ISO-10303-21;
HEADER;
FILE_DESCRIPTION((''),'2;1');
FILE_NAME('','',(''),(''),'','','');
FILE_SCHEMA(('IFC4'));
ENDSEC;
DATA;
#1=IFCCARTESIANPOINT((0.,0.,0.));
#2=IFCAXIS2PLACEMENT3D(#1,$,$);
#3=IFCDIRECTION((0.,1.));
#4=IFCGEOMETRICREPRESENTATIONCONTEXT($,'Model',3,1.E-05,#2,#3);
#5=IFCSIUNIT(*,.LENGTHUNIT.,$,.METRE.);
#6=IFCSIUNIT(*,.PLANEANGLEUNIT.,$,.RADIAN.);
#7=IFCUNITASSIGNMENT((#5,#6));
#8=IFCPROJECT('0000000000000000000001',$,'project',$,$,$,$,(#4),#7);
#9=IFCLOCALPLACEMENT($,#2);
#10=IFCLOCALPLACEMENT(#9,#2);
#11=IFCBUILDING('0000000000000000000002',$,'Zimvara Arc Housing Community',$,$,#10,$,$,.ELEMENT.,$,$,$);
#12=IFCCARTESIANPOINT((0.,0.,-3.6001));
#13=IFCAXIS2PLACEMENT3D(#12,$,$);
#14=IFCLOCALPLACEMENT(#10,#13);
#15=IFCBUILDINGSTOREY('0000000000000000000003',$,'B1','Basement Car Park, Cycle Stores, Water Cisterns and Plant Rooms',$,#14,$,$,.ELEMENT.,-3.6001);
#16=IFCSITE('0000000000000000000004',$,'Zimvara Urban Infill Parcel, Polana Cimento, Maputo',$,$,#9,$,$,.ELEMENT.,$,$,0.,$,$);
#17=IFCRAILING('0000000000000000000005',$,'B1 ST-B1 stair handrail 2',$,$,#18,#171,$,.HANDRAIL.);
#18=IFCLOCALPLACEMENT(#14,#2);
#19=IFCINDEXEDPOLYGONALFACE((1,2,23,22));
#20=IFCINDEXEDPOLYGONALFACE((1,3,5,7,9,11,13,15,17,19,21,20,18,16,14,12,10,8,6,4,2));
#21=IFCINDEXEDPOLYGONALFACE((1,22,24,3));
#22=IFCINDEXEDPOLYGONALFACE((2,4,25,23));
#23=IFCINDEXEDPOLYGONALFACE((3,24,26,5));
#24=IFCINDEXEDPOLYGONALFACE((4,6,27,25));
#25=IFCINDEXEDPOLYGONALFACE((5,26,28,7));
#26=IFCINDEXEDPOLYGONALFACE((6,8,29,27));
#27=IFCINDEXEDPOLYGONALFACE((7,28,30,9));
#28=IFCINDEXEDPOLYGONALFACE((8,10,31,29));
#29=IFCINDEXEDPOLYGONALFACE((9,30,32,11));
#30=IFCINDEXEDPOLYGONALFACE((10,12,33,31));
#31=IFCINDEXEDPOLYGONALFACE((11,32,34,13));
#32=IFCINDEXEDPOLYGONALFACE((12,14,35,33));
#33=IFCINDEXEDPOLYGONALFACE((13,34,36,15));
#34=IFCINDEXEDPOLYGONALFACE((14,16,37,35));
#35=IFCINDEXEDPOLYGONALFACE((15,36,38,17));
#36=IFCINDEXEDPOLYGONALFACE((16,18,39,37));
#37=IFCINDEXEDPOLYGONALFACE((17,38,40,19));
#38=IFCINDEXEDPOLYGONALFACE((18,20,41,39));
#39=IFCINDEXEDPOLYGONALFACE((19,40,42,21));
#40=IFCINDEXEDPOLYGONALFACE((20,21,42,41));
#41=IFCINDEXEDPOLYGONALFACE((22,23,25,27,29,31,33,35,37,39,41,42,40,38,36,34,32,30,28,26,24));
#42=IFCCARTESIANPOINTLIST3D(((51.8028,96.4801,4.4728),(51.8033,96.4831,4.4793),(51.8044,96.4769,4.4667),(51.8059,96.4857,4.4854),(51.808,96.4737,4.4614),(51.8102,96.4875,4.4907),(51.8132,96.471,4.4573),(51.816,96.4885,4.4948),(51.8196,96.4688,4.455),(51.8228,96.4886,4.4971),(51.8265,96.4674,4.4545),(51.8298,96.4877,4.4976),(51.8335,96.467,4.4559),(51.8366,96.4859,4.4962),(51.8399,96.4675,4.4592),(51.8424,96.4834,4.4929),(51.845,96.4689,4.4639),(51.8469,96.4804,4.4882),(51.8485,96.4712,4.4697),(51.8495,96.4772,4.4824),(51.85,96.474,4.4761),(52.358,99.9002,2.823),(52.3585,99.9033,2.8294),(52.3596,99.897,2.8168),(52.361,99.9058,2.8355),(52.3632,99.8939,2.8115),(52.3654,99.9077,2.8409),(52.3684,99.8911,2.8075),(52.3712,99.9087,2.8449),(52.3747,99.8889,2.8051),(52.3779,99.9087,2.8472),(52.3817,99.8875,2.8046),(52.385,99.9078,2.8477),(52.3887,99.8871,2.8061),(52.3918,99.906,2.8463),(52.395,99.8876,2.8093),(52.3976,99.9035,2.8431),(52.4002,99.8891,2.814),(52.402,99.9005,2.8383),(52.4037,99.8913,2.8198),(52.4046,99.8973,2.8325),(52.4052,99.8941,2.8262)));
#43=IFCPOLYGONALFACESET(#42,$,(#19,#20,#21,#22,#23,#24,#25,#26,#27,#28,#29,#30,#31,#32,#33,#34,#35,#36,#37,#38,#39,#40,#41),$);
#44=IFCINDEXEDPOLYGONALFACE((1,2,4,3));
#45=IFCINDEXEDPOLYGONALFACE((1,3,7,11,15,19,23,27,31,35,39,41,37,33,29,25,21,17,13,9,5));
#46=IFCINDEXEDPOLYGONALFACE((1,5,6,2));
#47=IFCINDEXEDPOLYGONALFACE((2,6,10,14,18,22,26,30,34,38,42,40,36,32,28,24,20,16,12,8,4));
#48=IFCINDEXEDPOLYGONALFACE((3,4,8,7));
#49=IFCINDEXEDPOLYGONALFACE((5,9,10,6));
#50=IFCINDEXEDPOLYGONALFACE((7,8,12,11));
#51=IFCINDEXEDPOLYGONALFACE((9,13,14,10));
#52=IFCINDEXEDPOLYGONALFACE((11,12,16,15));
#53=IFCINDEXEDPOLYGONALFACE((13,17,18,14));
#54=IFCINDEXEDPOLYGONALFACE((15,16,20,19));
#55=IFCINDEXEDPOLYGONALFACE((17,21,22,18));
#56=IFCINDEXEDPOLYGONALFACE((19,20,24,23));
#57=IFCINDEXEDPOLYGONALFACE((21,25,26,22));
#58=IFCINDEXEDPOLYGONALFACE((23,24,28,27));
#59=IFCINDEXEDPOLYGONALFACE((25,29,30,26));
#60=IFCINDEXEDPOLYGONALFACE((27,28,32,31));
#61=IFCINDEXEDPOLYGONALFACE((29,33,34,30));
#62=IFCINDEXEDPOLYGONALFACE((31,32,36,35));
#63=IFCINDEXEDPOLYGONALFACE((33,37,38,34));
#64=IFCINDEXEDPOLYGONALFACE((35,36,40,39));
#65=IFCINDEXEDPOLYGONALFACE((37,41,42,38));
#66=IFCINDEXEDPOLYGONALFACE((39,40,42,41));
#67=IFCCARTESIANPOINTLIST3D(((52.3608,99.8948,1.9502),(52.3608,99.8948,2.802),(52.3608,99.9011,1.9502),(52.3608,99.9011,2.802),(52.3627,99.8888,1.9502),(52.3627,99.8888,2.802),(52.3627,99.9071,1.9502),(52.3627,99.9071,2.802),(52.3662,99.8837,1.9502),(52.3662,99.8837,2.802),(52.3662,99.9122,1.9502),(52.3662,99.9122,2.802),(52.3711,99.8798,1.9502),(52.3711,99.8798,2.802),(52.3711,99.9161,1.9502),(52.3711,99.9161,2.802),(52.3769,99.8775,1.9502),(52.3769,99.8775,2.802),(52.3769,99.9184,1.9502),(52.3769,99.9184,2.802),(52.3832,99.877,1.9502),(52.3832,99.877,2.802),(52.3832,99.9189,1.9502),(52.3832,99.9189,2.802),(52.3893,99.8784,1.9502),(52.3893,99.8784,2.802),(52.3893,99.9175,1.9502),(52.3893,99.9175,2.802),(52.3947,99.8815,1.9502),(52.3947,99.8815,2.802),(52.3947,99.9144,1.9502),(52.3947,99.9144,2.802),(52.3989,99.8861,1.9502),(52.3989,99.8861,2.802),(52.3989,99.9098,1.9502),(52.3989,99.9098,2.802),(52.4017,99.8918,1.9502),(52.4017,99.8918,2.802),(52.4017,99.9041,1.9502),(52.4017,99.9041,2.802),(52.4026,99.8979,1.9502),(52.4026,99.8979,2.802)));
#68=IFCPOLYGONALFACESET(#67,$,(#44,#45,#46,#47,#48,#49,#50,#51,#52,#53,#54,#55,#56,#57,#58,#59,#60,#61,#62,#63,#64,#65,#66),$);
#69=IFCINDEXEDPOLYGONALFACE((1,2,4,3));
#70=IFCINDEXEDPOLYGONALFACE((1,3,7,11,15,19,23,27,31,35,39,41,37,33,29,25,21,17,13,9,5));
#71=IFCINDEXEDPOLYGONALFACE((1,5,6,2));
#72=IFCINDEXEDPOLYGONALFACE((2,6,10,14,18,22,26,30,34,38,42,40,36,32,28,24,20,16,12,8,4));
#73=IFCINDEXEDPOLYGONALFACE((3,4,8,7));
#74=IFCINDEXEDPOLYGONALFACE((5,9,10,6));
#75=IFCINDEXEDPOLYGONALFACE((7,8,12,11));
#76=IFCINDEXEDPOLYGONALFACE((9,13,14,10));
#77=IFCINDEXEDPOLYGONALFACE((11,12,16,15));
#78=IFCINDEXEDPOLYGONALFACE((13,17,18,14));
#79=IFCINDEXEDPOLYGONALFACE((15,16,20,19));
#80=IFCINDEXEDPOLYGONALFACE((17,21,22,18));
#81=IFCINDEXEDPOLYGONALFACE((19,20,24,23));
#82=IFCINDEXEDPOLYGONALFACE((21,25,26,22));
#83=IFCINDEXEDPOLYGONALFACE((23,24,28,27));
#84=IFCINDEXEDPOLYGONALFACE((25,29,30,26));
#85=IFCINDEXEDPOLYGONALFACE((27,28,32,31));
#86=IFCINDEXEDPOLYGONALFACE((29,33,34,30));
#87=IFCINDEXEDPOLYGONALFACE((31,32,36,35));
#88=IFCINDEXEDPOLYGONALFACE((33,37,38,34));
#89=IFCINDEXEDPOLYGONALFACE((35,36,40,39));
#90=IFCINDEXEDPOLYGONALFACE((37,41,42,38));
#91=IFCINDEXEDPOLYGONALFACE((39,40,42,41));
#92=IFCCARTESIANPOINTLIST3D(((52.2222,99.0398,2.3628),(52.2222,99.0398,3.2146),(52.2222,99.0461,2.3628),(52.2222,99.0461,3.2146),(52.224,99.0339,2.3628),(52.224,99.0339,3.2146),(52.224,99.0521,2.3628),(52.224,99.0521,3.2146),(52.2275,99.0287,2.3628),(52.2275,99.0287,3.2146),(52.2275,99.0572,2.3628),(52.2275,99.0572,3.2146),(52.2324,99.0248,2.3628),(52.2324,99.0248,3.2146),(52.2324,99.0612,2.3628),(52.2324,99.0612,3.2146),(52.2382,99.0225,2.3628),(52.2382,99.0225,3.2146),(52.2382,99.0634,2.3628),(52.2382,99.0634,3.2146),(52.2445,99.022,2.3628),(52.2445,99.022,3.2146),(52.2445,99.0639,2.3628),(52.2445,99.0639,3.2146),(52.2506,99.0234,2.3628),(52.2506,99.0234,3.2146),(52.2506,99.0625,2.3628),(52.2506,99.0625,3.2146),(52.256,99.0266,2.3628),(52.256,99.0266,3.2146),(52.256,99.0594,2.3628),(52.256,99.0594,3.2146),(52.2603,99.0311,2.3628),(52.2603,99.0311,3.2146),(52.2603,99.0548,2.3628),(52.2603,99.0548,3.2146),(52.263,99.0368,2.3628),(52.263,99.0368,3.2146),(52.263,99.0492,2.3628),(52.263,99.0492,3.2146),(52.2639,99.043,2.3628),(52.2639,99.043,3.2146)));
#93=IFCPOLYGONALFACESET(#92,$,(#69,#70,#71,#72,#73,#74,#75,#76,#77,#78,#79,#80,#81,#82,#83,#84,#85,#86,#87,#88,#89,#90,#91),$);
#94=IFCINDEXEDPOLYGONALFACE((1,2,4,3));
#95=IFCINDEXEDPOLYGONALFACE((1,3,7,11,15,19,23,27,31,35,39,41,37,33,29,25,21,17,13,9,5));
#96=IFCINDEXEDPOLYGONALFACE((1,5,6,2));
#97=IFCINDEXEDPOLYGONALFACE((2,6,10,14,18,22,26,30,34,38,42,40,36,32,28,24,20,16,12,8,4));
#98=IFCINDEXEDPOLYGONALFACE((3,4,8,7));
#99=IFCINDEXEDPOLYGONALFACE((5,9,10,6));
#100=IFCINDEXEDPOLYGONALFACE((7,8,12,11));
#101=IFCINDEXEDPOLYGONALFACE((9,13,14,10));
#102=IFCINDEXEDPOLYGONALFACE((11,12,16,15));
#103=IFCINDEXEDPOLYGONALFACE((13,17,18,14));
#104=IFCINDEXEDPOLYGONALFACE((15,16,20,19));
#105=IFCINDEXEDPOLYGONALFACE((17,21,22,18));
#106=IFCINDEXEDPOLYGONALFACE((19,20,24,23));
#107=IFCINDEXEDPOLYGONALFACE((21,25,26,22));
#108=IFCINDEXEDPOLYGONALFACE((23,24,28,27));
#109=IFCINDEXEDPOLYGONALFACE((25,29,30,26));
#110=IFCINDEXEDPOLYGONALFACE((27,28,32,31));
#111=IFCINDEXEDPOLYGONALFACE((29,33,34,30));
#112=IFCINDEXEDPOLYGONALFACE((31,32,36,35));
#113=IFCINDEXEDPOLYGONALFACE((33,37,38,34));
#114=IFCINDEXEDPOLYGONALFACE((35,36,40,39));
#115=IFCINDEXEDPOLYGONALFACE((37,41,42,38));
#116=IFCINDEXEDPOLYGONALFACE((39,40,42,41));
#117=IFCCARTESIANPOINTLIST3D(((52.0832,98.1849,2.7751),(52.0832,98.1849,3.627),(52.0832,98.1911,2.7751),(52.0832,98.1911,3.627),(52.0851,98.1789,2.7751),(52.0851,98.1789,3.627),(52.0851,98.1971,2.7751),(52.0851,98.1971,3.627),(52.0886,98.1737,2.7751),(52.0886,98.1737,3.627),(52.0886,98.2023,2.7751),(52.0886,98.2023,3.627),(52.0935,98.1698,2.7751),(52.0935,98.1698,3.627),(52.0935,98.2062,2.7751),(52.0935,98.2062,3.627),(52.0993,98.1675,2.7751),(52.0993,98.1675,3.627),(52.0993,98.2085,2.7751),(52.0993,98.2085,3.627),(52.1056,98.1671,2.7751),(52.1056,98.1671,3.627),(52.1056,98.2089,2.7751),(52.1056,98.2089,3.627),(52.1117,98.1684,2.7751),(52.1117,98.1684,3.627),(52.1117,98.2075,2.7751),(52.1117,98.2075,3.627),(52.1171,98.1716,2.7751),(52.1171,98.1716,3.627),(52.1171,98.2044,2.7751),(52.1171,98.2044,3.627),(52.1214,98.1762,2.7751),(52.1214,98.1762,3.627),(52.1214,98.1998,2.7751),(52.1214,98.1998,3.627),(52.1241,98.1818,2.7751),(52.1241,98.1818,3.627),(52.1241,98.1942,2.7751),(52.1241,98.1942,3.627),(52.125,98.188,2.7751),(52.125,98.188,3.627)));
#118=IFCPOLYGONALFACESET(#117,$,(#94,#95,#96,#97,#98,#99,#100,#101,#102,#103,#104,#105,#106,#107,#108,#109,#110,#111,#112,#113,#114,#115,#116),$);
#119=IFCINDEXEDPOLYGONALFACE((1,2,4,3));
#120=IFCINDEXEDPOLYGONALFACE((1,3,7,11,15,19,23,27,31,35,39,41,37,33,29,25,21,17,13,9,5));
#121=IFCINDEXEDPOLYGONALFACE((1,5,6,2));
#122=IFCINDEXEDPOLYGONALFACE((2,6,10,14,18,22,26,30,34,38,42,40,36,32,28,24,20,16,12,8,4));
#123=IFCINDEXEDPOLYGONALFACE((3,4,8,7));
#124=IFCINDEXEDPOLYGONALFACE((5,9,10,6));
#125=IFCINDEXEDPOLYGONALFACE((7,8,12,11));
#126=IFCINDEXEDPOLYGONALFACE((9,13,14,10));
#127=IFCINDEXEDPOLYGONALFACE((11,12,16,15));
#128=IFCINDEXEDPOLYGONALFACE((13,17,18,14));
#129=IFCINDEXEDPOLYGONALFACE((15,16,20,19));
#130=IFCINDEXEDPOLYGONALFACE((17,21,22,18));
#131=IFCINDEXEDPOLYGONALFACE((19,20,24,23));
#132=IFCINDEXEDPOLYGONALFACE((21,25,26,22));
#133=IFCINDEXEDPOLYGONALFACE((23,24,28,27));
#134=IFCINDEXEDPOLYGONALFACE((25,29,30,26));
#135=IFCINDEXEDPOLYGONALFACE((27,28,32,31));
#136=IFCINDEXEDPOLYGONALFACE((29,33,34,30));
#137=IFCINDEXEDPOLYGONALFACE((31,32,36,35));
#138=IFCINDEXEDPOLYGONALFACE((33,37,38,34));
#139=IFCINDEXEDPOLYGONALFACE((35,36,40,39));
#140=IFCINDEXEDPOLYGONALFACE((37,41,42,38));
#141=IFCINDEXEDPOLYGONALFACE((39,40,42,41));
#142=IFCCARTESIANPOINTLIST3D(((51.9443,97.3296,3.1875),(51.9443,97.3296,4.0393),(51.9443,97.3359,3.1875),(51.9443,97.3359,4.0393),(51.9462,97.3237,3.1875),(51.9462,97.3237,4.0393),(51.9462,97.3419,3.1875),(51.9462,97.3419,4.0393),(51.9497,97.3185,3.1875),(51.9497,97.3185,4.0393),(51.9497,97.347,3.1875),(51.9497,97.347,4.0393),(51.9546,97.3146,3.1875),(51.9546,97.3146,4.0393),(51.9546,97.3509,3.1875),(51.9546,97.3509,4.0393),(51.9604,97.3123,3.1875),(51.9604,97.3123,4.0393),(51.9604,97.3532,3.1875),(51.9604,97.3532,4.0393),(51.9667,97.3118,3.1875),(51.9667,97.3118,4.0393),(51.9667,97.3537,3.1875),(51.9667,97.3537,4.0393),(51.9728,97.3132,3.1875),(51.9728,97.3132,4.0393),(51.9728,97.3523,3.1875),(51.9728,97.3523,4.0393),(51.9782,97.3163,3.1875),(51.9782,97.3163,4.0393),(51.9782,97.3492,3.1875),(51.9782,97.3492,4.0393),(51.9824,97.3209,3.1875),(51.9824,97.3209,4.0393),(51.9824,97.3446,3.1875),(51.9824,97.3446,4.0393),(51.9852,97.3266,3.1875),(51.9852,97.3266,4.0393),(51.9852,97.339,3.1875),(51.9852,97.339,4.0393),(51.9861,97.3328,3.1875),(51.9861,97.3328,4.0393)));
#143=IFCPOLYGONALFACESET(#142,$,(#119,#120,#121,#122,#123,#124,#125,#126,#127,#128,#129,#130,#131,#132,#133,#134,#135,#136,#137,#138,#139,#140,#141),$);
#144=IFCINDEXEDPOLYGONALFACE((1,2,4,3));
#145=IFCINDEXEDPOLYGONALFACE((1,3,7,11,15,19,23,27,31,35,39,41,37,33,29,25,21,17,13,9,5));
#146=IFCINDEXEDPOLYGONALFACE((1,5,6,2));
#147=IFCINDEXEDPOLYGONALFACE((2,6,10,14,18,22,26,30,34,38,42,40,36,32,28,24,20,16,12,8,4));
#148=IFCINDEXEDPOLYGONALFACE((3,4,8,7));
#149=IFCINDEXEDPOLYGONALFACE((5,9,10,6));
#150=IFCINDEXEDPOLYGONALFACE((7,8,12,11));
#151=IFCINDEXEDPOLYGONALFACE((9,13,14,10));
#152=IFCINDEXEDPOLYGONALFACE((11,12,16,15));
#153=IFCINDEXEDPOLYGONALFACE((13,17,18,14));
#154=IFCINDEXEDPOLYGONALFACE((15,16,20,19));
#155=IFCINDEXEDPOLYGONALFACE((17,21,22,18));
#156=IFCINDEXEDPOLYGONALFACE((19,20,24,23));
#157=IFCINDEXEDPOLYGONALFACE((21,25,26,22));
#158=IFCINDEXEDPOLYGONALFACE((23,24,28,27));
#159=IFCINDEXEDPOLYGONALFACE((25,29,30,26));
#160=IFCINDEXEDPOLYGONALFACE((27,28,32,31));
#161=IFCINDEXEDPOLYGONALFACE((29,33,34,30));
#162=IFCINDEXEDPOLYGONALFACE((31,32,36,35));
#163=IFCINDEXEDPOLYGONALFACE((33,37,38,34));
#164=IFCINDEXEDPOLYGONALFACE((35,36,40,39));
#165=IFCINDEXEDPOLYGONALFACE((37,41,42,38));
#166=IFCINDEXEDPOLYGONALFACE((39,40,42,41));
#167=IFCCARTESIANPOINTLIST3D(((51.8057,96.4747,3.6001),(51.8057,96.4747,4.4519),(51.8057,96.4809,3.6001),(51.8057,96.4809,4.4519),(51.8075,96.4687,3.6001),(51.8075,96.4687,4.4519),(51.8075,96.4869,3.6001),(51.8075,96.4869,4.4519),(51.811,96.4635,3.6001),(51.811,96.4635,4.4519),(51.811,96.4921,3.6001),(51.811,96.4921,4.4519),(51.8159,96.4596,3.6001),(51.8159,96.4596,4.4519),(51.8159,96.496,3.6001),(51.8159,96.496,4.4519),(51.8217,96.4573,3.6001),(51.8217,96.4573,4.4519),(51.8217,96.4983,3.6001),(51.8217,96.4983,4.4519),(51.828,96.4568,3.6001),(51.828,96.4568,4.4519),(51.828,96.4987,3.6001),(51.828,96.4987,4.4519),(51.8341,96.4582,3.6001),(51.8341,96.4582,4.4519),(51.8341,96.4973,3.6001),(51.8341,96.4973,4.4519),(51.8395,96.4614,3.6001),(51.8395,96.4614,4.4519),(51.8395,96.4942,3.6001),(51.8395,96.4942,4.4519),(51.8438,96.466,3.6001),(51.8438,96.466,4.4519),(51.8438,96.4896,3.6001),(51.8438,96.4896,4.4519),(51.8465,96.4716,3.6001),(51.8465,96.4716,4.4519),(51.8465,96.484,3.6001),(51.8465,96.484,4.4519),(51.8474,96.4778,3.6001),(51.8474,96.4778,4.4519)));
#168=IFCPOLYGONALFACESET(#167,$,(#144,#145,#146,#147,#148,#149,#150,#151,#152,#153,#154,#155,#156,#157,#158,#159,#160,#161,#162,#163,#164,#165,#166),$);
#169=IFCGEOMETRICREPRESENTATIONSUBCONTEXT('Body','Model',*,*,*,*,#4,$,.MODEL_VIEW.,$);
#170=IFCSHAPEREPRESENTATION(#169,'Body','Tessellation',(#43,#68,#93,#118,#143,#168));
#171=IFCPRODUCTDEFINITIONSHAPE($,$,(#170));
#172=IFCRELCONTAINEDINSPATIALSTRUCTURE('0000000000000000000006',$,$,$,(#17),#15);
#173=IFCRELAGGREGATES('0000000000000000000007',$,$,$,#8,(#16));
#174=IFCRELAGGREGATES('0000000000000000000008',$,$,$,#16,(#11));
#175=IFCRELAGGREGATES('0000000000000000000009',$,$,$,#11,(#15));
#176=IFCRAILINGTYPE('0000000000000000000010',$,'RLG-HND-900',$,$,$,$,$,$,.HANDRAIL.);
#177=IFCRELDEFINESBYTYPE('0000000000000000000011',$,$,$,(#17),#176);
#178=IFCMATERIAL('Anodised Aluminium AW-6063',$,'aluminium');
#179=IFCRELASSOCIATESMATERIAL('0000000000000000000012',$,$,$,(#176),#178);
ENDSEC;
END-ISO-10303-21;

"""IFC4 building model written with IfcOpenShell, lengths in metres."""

from ifc_helpers import new_model, si_unit, direction, frame, origin, origin_2d, place, context, subcontext, project, spatial, circle, extrude, material, type_object, element, save


model = new_model("IFC4")

# Units and contexts
model_context = context("Model", 3, precision=1e-05, world=origin(), true_north=direction((0.0, 1.0)))
body_context = subcontext(model_context, "Body", "Model", "MODEL_VIEW")
ifc_project = project(units=[si_unit("LENGTHUNIT", "METRE"), si_unit("PLANEANGLEUNIT", "RADIAN")], contexts=[model_context])

# Site, building, storey
site_placement = place(None, origin())
site = spatial("IfcSite", under=ifc_project, at=site_placement, Name="Zimvara Urban Infill Parcel, Polana Cimento, Maputo", CompositionType="ELEMENT", RefElevation=0.0)
building_placement = place(site_placement, origin())
building = spatial("IfcBuilding", under=site, at=building_placement, Name="Zimvara Arc Housing Community", CompositionType="ELEMENT")
storey_placement = place(building_placement, frame((0.0, 0.0, -3.6001)))
storey = spatial("IfcBuildingStorey", under=building, at=storey_placement, Name="B1", Description="Basement Car Park, Cycle Stores, Water Cisterns and Plant Rooms", CompositionType="ELEMENT", Elevation=-3.6001)

# Railing
ifc_material_1 = material(Name="Anodised Aluminium AW-6063", Category="aluminium")
railing_type_1 = type_object("IfcRailingType", Name="RLG-HND-900", PredefinedType="HANDRAIL", material=ifc_material_1)
railing_1_placement = place(storey_placement, frame((52.3816, 99.8979, 1.9502)))
element("IfcRailing", 1, at=railing_1_placement, inside=storey, type_object=railing_type_1, Name="B1 ST-B1 stair handrail 2", PredefinedType="HANDRAIL", context=body_context, shape_type="SweptSolid", body=[
    extrude(circle(Radius=0.0239, at=origin_2d()), frame((0.0, 0.0, 0.876), z_axis=(-0.144664, -0.891202, 0.42992), x_axis=(0.98708, -0.160227, 0.0)), (0.0, 0.0, 1.0), 3.8376),
    extrude(circle(Radius=0.021, at=origin_2d()), origin(), (0.0, 0.0, 1.0), 0.8518),
    extrude(circle(Radius=0.021, at=origin_2d()), frame((-0.1387, -0.855, 0.4126)), (0.0, 0.0, 1.0), 0.8518),
    extrude(circle(Radius=0.021, at=origin_2d()), frame((-0.2776, -1.71, 0.825)), (0.0, 0.0, 1.0), 0.8518),
    extrude(circle(Radius=0.021, at=origin_2d()), frame((-0.4165, -2.5652, 1.2373)), (0.0, 0.0, 1.0), 0.8518),
    extrude(circle(Radius=0.021, at=origin_2d()), frame((-0.5552, -3.4202, 1.6499)), (0.0, 0.0, 1.0), 0.8518),
])

save(model, "model.ifc")
